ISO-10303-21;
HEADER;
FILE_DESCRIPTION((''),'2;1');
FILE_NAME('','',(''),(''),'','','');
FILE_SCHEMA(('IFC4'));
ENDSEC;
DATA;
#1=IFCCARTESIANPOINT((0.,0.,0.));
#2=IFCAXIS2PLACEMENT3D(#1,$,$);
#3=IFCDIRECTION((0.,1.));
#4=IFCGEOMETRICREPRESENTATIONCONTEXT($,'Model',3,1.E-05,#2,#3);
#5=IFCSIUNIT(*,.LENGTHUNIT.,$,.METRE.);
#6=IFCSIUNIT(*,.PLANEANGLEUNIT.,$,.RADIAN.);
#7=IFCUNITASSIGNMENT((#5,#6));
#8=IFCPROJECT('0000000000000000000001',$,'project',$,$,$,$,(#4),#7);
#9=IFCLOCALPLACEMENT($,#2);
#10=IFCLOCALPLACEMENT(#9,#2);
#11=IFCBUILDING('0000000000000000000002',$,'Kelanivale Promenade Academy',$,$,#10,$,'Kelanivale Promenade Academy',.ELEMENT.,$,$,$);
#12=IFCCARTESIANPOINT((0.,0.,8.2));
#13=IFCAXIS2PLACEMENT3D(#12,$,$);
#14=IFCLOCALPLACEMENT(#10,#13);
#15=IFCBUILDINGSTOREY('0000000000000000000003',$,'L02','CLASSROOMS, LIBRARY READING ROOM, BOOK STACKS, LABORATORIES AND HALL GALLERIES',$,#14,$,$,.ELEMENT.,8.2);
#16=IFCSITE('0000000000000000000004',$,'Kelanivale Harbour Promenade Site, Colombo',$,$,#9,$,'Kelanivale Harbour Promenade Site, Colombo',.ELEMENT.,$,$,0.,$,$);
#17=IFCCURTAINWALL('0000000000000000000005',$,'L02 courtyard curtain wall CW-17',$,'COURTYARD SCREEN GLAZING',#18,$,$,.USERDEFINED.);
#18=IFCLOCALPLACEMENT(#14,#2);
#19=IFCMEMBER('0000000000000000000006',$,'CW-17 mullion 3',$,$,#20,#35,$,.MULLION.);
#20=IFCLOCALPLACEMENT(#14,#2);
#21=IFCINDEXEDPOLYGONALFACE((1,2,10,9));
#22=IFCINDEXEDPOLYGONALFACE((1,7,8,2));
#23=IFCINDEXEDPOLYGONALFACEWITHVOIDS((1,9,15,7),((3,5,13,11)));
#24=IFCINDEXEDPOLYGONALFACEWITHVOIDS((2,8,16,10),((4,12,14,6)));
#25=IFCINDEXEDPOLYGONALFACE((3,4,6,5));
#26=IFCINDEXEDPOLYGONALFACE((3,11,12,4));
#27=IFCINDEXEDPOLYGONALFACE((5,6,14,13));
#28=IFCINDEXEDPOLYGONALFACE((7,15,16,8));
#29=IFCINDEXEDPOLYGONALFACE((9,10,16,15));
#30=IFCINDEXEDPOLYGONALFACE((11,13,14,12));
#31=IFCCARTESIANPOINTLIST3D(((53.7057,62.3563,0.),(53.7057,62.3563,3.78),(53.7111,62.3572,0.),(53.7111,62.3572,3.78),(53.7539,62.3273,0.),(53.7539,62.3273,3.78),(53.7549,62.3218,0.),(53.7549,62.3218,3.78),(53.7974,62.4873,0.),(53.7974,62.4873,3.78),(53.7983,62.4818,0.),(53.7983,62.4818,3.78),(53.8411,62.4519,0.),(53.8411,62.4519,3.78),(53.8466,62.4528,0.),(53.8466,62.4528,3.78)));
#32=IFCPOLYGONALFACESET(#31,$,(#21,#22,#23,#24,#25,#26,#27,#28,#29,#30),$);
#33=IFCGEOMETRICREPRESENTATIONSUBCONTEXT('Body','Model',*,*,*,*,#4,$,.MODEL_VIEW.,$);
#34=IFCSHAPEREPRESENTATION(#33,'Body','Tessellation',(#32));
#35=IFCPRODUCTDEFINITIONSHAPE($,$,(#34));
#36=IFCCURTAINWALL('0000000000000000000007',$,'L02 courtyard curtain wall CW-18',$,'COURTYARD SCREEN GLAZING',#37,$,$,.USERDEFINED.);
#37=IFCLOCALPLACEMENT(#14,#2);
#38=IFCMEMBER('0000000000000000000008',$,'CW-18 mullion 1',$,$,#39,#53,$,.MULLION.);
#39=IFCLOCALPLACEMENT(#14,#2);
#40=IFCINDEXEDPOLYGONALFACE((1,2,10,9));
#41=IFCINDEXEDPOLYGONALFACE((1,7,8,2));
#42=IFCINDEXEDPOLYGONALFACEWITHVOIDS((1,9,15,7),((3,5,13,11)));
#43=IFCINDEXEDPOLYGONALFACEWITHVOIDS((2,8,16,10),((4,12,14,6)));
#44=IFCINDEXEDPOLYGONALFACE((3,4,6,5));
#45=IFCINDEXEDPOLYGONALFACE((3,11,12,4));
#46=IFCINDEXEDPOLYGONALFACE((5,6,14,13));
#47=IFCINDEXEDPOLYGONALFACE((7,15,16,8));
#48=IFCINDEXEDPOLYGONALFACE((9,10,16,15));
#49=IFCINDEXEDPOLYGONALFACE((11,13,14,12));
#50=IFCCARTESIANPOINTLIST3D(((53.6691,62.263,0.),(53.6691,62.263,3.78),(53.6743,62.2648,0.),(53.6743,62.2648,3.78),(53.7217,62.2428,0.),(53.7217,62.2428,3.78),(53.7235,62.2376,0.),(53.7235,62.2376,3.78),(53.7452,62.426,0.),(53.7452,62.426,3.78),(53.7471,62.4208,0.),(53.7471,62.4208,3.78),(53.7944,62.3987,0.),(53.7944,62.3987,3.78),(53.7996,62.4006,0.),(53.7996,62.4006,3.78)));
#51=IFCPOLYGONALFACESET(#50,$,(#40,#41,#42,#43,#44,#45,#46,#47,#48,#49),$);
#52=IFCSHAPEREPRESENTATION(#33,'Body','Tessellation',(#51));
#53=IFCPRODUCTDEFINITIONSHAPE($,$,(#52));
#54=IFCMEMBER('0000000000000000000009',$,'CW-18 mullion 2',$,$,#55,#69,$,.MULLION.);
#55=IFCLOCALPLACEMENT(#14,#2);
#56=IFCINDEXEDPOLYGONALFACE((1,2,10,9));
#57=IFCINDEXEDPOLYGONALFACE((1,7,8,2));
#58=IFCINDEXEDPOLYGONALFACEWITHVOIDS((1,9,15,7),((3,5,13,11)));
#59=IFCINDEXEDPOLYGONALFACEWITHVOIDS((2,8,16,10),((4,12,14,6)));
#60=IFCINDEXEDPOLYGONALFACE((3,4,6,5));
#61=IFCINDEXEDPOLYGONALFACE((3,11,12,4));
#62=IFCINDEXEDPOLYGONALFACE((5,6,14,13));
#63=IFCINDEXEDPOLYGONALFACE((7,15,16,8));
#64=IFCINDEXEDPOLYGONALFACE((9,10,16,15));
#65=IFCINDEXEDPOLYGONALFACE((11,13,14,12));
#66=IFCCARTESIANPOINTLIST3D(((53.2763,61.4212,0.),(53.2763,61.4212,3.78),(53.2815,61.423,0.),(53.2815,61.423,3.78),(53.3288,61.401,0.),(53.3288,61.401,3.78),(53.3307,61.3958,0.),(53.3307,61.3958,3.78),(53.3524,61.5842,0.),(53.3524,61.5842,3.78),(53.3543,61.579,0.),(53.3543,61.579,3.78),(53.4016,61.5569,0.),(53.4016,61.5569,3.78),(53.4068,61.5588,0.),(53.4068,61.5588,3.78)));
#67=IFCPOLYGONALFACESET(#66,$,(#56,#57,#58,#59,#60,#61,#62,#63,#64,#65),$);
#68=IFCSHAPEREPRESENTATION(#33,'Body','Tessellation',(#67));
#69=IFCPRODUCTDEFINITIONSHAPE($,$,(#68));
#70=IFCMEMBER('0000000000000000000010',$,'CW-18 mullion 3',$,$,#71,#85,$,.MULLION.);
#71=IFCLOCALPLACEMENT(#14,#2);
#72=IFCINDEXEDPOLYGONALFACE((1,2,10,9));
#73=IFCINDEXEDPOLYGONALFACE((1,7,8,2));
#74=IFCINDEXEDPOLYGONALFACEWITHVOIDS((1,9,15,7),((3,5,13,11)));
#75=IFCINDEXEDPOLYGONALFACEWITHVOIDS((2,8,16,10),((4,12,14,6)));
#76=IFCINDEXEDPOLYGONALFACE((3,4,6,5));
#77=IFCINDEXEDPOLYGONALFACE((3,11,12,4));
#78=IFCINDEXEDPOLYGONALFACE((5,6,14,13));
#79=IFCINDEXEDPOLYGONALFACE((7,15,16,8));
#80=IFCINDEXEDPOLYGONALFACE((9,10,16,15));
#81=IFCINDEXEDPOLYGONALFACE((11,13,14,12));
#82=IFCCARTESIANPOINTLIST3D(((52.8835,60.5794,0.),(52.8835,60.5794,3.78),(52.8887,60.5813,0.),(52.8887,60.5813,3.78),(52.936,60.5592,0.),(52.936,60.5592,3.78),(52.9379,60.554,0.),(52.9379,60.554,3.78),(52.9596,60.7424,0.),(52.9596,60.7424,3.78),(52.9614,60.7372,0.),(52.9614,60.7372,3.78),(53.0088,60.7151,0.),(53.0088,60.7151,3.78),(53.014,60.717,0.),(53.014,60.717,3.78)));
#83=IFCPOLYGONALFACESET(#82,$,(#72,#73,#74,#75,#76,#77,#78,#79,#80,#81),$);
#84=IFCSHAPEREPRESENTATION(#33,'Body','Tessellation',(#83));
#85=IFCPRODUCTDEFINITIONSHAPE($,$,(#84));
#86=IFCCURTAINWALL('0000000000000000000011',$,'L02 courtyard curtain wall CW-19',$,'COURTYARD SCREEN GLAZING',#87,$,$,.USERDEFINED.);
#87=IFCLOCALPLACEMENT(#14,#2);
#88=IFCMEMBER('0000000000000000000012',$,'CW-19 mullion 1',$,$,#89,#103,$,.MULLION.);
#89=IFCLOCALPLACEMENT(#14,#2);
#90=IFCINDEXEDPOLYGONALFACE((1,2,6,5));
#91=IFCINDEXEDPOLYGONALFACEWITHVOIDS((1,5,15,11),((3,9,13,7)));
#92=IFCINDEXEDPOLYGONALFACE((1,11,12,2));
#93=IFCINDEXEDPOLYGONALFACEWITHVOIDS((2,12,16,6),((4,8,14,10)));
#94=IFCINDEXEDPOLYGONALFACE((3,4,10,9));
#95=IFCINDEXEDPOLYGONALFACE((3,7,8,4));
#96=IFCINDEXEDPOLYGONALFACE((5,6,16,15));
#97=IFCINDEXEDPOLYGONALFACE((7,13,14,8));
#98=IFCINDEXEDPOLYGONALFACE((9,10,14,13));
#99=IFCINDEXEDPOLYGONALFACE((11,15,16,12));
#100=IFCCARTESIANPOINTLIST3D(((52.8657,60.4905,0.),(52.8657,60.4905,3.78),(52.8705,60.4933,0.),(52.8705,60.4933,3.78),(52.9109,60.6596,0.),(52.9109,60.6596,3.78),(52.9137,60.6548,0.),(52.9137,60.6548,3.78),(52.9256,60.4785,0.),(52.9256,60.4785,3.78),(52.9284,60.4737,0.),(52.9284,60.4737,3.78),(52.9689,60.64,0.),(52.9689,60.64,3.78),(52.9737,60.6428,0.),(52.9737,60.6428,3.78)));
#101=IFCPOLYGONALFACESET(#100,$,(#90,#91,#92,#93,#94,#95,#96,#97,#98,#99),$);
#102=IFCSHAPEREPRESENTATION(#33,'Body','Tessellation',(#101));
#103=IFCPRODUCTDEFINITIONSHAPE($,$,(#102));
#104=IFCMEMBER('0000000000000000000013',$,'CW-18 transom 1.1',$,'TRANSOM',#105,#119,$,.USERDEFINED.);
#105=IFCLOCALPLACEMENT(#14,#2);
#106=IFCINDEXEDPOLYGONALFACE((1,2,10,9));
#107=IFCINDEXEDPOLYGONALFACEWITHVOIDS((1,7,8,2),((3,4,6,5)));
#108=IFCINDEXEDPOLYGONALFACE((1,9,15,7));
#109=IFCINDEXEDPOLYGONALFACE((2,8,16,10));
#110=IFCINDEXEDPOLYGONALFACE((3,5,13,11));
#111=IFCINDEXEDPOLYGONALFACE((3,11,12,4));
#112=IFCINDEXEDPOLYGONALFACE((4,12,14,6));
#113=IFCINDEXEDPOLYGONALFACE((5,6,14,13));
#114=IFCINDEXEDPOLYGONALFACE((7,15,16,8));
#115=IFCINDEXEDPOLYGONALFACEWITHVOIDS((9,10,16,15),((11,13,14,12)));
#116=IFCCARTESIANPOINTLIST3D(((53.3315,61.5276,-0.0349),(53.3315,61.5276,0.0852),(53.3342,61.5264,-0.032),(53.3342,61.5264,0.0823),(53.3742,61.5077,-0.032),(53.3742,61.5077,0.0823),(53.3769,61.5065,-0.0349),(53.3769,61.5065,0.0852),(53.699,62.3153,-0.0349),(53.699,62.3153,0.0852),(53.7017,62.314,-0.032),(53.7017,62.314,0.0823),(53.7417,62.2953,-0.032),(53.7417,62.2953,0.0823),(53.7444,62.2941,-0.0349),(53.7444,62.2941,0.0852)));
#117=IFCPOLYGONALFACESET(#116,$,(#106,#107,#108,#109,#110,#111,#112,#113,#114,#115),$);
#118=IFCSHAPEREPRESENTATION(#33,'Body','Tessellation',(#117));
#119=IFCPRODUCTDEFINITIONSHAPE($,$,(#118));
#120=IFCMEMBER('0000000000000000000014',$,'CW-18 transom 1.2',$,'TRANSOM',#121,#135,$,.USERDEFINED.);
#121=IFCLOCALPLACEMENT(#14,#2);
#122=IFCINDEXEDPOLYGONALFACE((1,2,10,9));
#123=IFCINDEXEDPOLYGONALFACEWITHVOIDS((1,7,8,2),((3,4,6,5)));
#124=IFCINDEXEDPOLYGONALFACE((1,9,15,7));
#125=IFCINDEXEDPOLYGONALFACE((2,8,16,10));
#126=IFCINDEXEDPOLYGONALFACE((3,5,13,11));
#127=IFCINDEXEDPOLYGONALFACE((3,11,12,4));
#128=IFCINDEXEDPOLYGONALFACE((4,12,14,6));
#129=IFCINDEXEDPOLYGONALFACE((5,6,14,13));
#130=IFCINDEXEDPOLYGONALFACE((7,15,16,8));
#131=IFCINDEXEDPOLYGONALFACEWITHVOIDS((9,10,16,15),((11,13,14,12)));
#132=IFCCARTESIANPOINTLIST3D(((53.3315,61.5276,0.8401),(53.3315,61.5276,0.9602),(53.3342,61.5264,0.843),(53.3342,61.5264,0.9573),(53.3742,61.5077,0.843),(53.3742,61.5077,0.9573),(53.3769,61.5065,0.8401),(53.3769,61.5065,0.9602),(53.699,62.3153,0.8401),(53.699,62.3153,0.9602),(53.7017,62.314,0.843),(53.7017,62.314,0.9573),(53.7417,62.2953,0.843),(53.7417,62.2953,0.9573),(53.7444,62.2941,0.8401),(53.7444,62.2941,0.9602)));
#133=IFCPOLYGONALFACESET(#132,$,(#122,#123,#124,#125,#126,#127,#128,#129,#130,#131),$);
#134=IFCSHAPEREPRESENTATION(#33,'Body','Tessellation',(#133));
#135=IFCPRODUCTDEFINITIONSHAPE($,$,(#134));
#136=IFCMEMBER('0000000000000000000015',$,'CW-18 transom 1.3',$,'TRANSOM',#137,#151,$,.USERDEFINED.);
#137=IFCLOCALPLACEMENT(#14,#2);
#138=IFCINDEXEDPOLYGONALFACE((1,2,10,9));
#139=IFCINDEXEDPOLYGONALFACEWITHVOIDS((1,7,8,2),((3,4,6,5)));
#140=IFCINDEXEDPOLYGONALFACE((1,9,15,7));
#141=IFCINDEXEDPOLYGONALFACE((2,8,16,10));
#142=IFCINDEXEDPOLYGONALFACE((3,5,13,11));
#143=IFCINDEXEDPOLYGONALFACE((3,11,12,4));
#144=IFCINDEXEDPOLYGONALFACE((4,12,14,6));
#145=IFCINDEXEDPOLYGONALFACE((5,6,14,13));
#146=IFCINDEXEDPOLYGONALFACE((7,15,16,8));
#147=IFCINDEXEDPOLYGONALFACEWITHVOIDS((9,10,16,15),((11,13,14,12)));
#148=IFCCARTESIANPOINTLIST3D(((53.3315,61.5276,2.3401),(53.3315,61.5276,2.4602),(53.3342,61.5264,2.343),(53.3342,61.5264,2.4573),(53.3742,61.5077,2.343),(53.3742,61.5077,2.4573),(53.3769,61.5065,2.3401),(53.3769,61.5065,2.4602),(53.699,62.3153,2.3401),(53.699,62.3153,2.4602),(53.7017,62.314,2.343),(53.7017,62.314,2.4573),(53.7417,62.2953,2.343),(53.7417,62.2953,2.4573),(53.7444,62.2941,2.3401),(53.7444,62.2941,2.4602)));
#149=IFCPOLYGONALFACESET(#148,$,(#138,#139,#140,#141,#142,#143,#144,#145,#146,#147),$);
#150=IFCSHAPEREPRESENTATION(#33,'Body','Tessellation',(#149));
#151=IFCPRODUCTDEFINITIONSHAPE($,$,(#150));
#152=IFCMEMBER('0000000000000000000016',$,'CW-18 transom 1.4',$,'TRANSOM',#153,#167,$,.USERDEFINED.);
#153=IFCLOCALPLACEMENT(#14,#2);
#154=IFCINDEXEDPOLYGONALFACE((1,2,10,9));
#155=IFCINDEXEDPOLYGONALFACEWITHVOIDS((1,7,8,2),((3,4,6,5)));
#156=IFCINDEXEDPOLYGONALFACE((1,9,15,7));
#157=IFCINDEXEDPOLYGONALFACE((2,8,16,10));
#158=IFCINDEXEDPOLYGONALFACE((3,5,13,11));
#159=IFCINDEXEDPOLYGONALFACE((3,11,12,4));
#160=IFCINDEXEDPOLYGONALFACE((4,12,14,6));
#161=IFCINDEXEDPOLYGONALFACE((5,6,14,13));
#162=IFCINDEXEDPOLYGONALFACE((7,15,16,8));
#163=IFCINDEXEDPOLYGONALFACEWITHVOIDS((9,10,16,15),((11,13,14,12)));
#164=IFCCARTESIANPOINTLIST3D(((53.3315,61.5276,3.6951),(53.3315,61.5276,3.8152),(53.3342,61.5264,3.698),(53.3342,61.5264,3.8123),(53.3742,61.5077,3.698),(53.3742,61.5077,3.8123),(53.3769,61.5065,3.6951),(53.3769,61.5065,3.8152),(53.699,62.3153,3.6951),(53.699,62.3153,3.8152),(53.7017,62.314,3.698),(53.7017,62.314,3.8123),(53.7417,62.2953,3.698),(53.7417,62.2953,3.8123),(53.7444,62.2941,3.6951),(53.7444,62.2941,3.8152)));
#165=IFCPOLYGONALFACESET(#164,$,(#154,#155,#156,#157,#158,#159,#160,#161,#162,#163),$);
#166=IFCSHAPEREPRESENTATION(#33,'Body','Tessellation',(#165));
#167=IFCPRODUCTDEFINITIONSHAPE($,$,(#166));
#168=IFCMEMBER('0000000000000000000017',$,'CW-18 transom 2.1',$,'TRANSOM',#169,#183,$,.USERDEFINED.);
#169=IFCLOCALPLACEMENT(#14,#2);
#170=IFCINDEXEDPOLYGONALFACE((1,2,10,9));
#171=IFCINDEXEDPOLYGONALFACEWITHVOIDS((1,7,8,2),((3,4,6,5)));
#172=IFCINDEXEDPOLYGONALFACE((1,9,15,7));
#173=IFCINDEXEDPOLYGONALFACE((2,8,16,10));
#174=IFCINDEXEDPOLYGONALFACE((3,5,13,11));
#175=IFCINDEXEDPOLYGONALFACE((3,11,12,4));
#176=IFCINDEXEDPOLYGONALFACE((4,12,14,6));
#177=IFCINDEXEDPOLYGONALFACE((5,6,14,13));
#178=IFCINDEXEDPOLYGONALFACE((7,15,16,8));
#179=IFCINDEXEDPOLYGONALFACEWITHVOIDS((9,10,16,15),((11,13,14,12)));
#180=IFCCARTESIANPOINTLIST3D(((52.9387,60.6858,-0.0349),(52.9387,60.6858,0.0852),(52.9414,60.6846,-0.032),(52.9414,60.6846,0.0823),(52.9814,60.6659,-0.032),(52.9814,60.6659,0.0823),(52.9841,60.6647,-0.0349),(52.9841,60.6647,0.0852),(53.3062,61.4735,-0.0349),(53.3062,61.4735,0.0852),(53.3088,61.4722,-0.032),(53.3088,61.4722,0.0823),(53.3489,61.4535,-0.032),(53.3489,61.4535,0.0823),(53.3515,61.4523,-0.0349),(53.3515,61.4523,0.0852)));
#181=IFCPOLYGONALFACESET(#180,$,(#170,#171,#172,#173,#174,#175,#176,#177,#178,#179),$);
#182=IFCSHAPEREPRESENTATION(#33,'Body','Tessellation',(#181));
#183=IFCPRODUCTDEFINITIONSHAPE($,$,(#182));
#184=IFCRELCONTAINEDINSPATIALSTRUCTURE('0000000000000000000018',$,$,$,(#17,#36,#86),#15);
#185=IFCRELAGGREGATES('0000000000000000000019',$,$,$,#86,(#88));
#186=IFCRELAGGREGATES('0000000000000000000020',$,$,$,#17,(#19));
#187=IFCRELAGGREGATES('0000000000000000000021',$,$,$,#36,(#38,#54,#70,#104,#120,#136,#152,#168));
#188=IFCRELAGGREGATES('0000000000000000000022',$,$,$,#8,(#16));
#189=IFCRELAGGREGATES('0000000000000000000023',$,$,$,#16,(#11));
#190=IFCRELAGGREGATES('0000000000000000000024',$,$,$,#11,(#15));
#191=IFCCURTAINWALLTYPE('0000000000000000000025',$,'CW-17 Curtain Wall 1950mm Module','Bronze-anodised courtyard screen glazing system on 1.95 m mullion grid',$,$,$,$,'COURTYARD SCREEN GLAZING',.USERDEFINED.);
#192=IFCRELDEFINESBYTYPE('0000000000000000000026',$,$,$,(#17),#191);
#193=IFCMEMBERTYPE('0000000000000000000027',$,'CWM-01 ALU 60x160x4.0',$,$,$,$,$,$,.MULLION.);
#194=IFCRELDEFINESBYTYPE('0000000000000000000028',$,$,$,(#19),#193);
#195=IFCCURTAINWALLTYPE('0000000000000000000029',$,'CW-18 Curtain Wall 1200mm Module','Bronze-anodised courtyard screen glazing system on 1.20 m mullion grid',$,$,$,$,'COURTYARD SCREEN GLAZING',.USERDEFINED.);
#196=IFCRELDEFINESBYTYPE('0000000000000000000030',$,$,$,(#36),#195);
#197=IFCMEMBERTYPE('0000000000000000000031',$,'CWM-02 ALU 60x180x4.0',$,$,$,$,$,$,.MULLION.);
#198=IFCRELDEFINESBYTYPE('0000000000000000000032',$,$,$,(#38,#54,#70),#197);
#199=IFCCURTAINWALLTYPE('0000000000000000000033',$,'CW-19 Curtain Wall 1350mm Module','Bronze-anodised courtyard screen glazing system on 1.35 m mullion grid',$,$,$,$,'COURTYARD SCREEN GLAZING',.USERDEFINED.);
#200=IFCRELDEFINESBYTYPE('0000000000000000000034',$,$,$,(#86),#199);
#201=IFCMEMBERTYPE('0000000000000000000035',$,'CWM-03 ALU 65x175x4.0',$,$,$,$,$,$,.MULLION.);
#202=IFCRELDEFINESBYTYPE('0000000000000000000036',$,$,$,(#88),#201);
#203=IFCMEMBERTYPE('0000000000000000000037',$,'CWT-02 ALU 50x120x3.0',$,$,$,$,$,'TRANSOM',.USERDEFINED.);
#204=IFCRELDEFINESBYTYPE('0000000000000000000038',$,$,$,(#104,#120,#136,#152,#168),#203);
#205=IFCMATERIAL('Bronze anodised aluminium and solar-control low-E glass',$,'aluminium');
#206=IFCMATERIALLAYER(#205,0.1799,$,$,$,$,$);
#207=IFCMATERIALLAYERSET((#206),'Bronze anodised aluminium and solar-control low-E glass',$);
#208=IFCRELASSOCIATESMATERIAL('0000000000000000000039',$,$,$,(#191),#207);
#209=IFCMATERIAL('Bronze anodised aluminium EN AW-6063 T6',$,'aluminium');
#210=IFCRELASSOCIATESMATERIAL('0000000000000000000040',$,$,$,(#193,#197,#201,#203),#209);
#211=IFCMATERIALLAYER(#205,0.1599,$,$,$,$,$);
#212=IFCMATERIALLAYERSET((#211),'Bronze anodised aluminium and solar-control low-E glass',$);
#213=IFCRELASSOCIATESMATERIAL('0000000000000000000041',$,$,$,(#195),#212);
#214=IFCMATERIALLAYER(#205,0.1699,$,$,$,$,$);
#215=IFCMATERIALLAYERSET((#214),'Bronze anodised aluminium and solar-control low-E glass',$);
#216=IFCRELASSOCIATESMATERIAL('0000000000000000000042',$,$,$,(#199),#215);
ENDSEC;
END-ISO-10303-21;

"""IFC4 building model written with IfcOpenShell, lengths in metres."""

from ifc_helpers import new_model, si_unit, direction, frame, origin, origin_2d, place, context, subcontext, project, spatial, hollow_rectangle, extrude, material, layer, layer_set, material_profile, profile_set, type_object, element, aggregate, save


model = new_model("IFC4")

# Units and contexts
model_context = context("Model", 3, precision=1e-05, world=origin(), true_north=direction((0.0, 1.0)))
body_context = subcontext(model_context, "Body", "Model", "MODEL_VIEW")
ifc_project = project(units=[si_unit("LENGTHUNIT", "METRE"), si_unit("PLANEANGLEUNIT", "RADIAN")], contexts=[model_context])

# Site, building, storey
site_placement = place(None, origin())
site = spatial("IfcSite", under=ifc_project, at=site_placement, Name="Kelanivale Harbour Promenade Site, Colombo", LongName="Kelanivale Harbour Promenade Site, Colombo", CompositionType="ELEMENT", RefElevation=0.0)
building_placement = place(site_placement, origin())
building = spatial("IfcBuilding", under=site, at=building_placement, Name="Kelanivale Promenade Academy", LongName="Kelanivale Promenade Academy", CompositionType="ELEMENT")
storey_placement = place(building_placement, frame((0.0, 0.0, 8.2)))
storey = spatial("IfcBuildingStorey", under=building, at=storey_placement, Name="L02", Description="CLASSROOMS, LIBRARY READING ROOM, BOOK STACKS, LABORATORIES AND HALL GALLERIES", CompositionType="ELEMENT", Elevation=8.2)

# Curtain wall, member
ifc_material_1 = material(Name="Bronze anodised aluminium and solar-control low-E glass", Category="aluminium")
ifc_layer_1 = layer(ifc_material_1, 0.1799)
ifc_layer_set_1 = layer_set([ifc_layer_1], Name="Bronze anodised aluminium and solar-control low-E glass")
curtain_wall_type_1 = type_object("IfcCurtainWallType", Name="CW-17 Curtain Wall 1950mm Module", Description="Bronze-anodised courtyard screen glazing system on 1.95 m mullion grid", ElementType="COURTYARD SCREEN GLAZING", PredefinedType="USERDEFINED", material=ifc_layer_set_1)
curtain_wall_1_placement = place(storey_placement, origin())
curtain_wall_1 = element("IfcCurtainWall", 1, at=curtain_wall_1_placement, inside=storey, type_object=curtain_wall_type_1, Name="L02 courtyard curtain wall CW-17", ObjectType="COURTYARD SCREEN GLAZING", PredefinedType="USERDEFINED")
ifc_material_2 = material(Name="Bronze anodised aluminium EN AW-6063 T6", Category="aluminium")
ifc_material_profile_1 = material_profile(ifc_material_2, hollow_rectangle(XDim=0.0601, YDim=0.1599, WallThickness=0.0039, at=origin_2d()), Name="ALU 60x160x4.0")
ifc_profile_set_1 = profile_set([ifc_material_profile_1], Name="Bronze anodised aluminium EN AW-6063 T6")
member_type_1 = type_object("IfcMemberType", Name="CWM-01 ALU 60x160x4.0", PredefinedType="MULLION", material=ifc_profile_set_1)
member_1_placement = place(storey_placement, frame((53.7761, 62.4045, 0.0), z_axis=(0.0, 0.0, 1.0), x_axis=(0.819306, -0.573357, 0.0)))
member_1 = element("IfcMember", 2, at=member_1_placement, type_object=member_type_1, Name="CW-17 mullion 3", PredefinedType="MULLION", context=body_context, shape_type="SweptSolid", body=[
    extrude(hollow_rectangle(XDim=0.0601, YDim=0.1599, WallThickness=0.0039, at=origin_2d()), origin(), (0.0, 0.0, 1.0), 3.78),
])

# Curtain wall, members
ifc_layer_2 = layer(ifc_material_1, 0.1599)
ifc_layer_set_2 = layer_set([ifc_layer_2], Name="Bronze anodised aluminium and solar-control low-E glass")
curtain_wall_type_2 = type_object("IfcCurtainWallType", Name="CW-18 Curtain Wall 1200mm Module", Description="Bronze-anodised courtyard screen glazing system on 1.20 m mullion grid", ElementType="COURTYARD SCREEN GLAZING", PredefinedType="USERDEFINED", material=ifc_layer_set_2)
curtain_wall_2_placement = place(storey_placement, origin())
curtain_wall_2 = element("IfcCurtainWall", 3, at=curtain_wall_2_placement, inside=storey, type_object=curtain_wall_type_2, Name="L02 courtyard curtain wall CW-18", ObjectType="COURTYARD SCREEN GLAZING", PredefinedType="USERDEFINED")
ifc_material_profile_2 = material_profile(ifc_material_2, hollow_rectangle(XDim=0.0601, YDim=0.1799, WallThickness=0.0039, at=origin_2d()), Name="ALU 60x180x4.0")
ifc_profile_set_2 = profile_set([ifc_material_profile_2], Name="Bronze anodised aluminium EN AW-6063 T6")
member_type_2 = type_object("IfcMemberType", Name="CWM-02 ALU 60x180x4.0", PredefinedType="MULLION", material=ifc_profile_set_2)
member_2_placement = place(storey_placement, frame((53.7344, 62.3318, 0.0), z_axis=(0.0, 0.0, 1.0), x_axis=(0.906196, -0.422857, 0.0)))
member_2 = element("IfcMember", 4, at=member_2_placement, type_object=member_type_2, Name="CW-18 mullion 1", PredefinedType="MULLION", context=body_context, shape_type="SweptSolid", body=[
    extrude(hollow_rectangle(XDim=0.0601, YDim=0.1799, WallThickness=0.0039, at=origin_2d()), origin(), (0.0, 0.0, 1.0), 3.78),
])
member_3_placement = place(storey_placement, frame((53.3416, 61.49, 0.0), z_axis=(0.0, 0.0, 1.0), x_axis=(0.906196, -0.422857, 0.0)))
member_3 = element("IfcMember", 5, at=member_3_placement, type_object=member_type_2, Name="CW-18 mullion 2", PredefinedType="MULLION", context=body_context, shape_type="SweptSolid", body=[
    extrude(hollow_rectangle(XDim=0.0601, YDim=0.1799, WallThickness=0.0039, at=origin_2d()), origin(), (0.0, 0.0, 1.0), 3.78),
])
member_4_placement = place(storey_placement, frame((52.9487, 60.6482, 0.0), z_axis=(0.0, 0.0, 1.0), x_axis=(0.906196, -0.422857, 0.0)))
member_4 = element("IfcMember", 6, at=member_4_placement, type_object=member_type_2, Name="CW-18 mullion 3", PredefinedType="MULLION", context=body_context, shape_type="SweptSolid", body=[
    extrude(hollow_rectangle(XDim=0.0601, YDim=0.1799, WallThickness=0.0039, at=origin_2d()), origin(), (0.0, 0.0, 1.0), 3.78),
])

# Curtain wall, member
ifc_layer_3 = layer(ifc_material_1, 0.1699)
ifc_layer_set_3 = layer_set([ifc_layer_3], Name="Bronze anodised aluminium and solar-control low-E glass")
curtain_wall_type_3 = type_object("IfcCurtainWallType", Name="CW-19 Curtain Wall 1350mm Module", Description="Bronze-anodised courtyard screen glazing system on 1.35 m mullion grid", ElementType="COURTYARD SCREEN GLAZING", PredefinedType="USERDEFINED", material=ifc_layer_set_3)
curtain_wall_3_placement = place(storey_placement, origin())
curtain_wall_3 = element("IfcCurtainWall", 7, at=curtain_wall_3_placement, inside=storey, type_object=curtain_wall_type_3, Name="L02 courtyard curtain wall CW-19", ObjectType="COURTYARD SCREEN GLAZING", PredefinedType="USERDEFINED")
ifc_material_profile_3 = material_profile(ifc_material_2, hollow_rectangle(XDim=0.0649, YDim=0.175, WallThickness=0.0039, at=origin_2d()), Name="ALU 65x175x4.0")
ifc_profile_set_3 = profile_set([ifc_material_profile_3], Name="Bronze anodised aluminium EN AW-6063 T6")
member_type_3 = type_object("IfcMemberType", Name="CWM-03 ALU 65x175x4.0", PredefinedType="MULLION", material=ifc_profile_set_3)
member_5_placement = place(storey_placement, frame((52.9197, 60.5667, 0.0), z_axis=(0.0, 0.0, 1.0), x_axis=(0.96599, -0.258578, 0.0)))
member_5 = element("IfcMember", 8, at=member_5_placement, type_object=member_type_3, Name="CW-19 mullion 1", PredefinedType="MULLION", context=body_context, shape_type="SweptSolid", body=[
    extrude(hollow_rectangle(XDim=0.0649, YDim=0.175, WallThickness=0.0039, at=origin_2d()), origin(), (0.0, 0.0, 1.0), 3.78),
])

# Members
ifc_material_profile_4 = material_profile(ifc_material_2, hollow_rectangle(XDim=0.05, YDim=0.1201, WallThickness=0.0029, at=origin_2d()), Name="ALU 50x120x3.0")
ifc_profile_set_4 = profile_set([ifc_material_profile_4], Name="Bronze anodised aluminium EN AW-6063 T6")
member_type_4 = type_object("IfcMemberType", Name="CWT-02 ALU 50x120x3.0", ElementType="TRANSOM", PredefinedType="USERDEFINED", material=ifc_profile_set_4)
member_6_placement = place(storey_placement, frame((53.7217, 62.3047, 0.0251), z_axis=(-0.422778, -0.906233, 0.0), x_axis=(0.906233, -0.422778, 0.0)))
member_6 = element("IfcMember", 9, at=member_6_placement, type_object=member_type_4, Name="CW-18 transom 1.1", ObjectType="TRANSOM", PredefinedType="USERDEFINED", context=body_context, shape_type="SweptSolid", body=[
    extrude(hollow_rectangle(XDim=0.05, YDim=0.1201, WallThickness=0.0029, at=origin_2d()), origin(), (0.0, 0.0, 1.0), 0.8691),
])
member_7_placement = place(storey_placement, frame((53.7217, 62.3047, 0.9001), z_axis=(-0.422778, -0.906233, 0.0), x_axis=(0.906233, -0.422778, 0.0)))
member_7 = element("IfcMember", 10, at=member_7_placement, type_object=member_type_4, Name="CW-18 transom 1.2", ObjectType="TRANSOM", PredefinedType="USERDEFINED", context=body_context, shape_type="SweptSolid", body=[
    extrude(hollow_rectangle(XDim=0.05, YDim=0.1201, WallThickness=0.0029, at=origin_2d()), origin(), (0.0, 0.0, 1.0), 0.8691),
])
member_8_placement = place(storey_placement, frame((53.7217, 62.3047, 2.4001), z_axis=(-0.422778, -0.906233, 0.0), x_axis=(0.906233, -0.422778, 0.0)))
member_8 = element("IfcMember", 11, at=member_8_placement, type_object=member_type_4, Name="CW-18 transom 1.3", ObjectType="TRANSOM", PredefinedType="USERDEFINED", context=body_context, shape_type="SweptSolid", body=[
    extrude(hollow_rectangle(XDim=0.05, YDim=0.1201, WallThickness=0.0029, at=origin_2d()), origin(), (0.0, 0.0, 1.0), 0.8691),
])
member_9_placement = place(storey_placement, frame((53.7217, 62.3047, 3.7551), z_axis=(-0.422778, -0.906233, 0.0), x_axis=(0.906233, -0.422778, 0.0)))
member_9 = element("IfcMember", 12, at=member_9_placement, type_object=member_type_4, Name="CW-18 transom 1.4", ObjectType="TRANSOM", PredefinedType="USERDEFINED", context=body_context, shape_type="SweptSolid", body=[
    extrude(hollow_rectangle(XDim=0.05, YDim=0.1201, WallThickness=0.0029, at=origin_2d()), origin(), (0.0, 0.0, 1.0), 0.8691),
])
member_10_placement = place(storey_placement, frame((53.3289, 61.4629, 0.0251), z_axis=(-0.422778, -0.906233, 0.0), x_axis=(0.906233, -0.422778, 0.0)))
member_10 = element("IfcMember", 13, at=member_10_placement, type_object=member_type_4, Name="CW-18 transom 2.1", ObjectType="TRANSOM", PredefinedType="USERDEFINED", context=body_context, shape_type="SweptSolid", body=[
    extrude(hollow_rectangle(XDim=0.05, YDim=0.1201, WallThickness=0.0029, at=origin_2d()), origin(), (0.0, 0.0, 1.0), 0.8691),
])

aggregate(curtain_wall_3, [member_5])
aggregate(curtain_wall_1, [member_1])
aggregate(curtain_wall_2, [member_2, member_3, member_4, member_6, member_7, member_8, member_9, member_10])

save(model, "model.ifc")
